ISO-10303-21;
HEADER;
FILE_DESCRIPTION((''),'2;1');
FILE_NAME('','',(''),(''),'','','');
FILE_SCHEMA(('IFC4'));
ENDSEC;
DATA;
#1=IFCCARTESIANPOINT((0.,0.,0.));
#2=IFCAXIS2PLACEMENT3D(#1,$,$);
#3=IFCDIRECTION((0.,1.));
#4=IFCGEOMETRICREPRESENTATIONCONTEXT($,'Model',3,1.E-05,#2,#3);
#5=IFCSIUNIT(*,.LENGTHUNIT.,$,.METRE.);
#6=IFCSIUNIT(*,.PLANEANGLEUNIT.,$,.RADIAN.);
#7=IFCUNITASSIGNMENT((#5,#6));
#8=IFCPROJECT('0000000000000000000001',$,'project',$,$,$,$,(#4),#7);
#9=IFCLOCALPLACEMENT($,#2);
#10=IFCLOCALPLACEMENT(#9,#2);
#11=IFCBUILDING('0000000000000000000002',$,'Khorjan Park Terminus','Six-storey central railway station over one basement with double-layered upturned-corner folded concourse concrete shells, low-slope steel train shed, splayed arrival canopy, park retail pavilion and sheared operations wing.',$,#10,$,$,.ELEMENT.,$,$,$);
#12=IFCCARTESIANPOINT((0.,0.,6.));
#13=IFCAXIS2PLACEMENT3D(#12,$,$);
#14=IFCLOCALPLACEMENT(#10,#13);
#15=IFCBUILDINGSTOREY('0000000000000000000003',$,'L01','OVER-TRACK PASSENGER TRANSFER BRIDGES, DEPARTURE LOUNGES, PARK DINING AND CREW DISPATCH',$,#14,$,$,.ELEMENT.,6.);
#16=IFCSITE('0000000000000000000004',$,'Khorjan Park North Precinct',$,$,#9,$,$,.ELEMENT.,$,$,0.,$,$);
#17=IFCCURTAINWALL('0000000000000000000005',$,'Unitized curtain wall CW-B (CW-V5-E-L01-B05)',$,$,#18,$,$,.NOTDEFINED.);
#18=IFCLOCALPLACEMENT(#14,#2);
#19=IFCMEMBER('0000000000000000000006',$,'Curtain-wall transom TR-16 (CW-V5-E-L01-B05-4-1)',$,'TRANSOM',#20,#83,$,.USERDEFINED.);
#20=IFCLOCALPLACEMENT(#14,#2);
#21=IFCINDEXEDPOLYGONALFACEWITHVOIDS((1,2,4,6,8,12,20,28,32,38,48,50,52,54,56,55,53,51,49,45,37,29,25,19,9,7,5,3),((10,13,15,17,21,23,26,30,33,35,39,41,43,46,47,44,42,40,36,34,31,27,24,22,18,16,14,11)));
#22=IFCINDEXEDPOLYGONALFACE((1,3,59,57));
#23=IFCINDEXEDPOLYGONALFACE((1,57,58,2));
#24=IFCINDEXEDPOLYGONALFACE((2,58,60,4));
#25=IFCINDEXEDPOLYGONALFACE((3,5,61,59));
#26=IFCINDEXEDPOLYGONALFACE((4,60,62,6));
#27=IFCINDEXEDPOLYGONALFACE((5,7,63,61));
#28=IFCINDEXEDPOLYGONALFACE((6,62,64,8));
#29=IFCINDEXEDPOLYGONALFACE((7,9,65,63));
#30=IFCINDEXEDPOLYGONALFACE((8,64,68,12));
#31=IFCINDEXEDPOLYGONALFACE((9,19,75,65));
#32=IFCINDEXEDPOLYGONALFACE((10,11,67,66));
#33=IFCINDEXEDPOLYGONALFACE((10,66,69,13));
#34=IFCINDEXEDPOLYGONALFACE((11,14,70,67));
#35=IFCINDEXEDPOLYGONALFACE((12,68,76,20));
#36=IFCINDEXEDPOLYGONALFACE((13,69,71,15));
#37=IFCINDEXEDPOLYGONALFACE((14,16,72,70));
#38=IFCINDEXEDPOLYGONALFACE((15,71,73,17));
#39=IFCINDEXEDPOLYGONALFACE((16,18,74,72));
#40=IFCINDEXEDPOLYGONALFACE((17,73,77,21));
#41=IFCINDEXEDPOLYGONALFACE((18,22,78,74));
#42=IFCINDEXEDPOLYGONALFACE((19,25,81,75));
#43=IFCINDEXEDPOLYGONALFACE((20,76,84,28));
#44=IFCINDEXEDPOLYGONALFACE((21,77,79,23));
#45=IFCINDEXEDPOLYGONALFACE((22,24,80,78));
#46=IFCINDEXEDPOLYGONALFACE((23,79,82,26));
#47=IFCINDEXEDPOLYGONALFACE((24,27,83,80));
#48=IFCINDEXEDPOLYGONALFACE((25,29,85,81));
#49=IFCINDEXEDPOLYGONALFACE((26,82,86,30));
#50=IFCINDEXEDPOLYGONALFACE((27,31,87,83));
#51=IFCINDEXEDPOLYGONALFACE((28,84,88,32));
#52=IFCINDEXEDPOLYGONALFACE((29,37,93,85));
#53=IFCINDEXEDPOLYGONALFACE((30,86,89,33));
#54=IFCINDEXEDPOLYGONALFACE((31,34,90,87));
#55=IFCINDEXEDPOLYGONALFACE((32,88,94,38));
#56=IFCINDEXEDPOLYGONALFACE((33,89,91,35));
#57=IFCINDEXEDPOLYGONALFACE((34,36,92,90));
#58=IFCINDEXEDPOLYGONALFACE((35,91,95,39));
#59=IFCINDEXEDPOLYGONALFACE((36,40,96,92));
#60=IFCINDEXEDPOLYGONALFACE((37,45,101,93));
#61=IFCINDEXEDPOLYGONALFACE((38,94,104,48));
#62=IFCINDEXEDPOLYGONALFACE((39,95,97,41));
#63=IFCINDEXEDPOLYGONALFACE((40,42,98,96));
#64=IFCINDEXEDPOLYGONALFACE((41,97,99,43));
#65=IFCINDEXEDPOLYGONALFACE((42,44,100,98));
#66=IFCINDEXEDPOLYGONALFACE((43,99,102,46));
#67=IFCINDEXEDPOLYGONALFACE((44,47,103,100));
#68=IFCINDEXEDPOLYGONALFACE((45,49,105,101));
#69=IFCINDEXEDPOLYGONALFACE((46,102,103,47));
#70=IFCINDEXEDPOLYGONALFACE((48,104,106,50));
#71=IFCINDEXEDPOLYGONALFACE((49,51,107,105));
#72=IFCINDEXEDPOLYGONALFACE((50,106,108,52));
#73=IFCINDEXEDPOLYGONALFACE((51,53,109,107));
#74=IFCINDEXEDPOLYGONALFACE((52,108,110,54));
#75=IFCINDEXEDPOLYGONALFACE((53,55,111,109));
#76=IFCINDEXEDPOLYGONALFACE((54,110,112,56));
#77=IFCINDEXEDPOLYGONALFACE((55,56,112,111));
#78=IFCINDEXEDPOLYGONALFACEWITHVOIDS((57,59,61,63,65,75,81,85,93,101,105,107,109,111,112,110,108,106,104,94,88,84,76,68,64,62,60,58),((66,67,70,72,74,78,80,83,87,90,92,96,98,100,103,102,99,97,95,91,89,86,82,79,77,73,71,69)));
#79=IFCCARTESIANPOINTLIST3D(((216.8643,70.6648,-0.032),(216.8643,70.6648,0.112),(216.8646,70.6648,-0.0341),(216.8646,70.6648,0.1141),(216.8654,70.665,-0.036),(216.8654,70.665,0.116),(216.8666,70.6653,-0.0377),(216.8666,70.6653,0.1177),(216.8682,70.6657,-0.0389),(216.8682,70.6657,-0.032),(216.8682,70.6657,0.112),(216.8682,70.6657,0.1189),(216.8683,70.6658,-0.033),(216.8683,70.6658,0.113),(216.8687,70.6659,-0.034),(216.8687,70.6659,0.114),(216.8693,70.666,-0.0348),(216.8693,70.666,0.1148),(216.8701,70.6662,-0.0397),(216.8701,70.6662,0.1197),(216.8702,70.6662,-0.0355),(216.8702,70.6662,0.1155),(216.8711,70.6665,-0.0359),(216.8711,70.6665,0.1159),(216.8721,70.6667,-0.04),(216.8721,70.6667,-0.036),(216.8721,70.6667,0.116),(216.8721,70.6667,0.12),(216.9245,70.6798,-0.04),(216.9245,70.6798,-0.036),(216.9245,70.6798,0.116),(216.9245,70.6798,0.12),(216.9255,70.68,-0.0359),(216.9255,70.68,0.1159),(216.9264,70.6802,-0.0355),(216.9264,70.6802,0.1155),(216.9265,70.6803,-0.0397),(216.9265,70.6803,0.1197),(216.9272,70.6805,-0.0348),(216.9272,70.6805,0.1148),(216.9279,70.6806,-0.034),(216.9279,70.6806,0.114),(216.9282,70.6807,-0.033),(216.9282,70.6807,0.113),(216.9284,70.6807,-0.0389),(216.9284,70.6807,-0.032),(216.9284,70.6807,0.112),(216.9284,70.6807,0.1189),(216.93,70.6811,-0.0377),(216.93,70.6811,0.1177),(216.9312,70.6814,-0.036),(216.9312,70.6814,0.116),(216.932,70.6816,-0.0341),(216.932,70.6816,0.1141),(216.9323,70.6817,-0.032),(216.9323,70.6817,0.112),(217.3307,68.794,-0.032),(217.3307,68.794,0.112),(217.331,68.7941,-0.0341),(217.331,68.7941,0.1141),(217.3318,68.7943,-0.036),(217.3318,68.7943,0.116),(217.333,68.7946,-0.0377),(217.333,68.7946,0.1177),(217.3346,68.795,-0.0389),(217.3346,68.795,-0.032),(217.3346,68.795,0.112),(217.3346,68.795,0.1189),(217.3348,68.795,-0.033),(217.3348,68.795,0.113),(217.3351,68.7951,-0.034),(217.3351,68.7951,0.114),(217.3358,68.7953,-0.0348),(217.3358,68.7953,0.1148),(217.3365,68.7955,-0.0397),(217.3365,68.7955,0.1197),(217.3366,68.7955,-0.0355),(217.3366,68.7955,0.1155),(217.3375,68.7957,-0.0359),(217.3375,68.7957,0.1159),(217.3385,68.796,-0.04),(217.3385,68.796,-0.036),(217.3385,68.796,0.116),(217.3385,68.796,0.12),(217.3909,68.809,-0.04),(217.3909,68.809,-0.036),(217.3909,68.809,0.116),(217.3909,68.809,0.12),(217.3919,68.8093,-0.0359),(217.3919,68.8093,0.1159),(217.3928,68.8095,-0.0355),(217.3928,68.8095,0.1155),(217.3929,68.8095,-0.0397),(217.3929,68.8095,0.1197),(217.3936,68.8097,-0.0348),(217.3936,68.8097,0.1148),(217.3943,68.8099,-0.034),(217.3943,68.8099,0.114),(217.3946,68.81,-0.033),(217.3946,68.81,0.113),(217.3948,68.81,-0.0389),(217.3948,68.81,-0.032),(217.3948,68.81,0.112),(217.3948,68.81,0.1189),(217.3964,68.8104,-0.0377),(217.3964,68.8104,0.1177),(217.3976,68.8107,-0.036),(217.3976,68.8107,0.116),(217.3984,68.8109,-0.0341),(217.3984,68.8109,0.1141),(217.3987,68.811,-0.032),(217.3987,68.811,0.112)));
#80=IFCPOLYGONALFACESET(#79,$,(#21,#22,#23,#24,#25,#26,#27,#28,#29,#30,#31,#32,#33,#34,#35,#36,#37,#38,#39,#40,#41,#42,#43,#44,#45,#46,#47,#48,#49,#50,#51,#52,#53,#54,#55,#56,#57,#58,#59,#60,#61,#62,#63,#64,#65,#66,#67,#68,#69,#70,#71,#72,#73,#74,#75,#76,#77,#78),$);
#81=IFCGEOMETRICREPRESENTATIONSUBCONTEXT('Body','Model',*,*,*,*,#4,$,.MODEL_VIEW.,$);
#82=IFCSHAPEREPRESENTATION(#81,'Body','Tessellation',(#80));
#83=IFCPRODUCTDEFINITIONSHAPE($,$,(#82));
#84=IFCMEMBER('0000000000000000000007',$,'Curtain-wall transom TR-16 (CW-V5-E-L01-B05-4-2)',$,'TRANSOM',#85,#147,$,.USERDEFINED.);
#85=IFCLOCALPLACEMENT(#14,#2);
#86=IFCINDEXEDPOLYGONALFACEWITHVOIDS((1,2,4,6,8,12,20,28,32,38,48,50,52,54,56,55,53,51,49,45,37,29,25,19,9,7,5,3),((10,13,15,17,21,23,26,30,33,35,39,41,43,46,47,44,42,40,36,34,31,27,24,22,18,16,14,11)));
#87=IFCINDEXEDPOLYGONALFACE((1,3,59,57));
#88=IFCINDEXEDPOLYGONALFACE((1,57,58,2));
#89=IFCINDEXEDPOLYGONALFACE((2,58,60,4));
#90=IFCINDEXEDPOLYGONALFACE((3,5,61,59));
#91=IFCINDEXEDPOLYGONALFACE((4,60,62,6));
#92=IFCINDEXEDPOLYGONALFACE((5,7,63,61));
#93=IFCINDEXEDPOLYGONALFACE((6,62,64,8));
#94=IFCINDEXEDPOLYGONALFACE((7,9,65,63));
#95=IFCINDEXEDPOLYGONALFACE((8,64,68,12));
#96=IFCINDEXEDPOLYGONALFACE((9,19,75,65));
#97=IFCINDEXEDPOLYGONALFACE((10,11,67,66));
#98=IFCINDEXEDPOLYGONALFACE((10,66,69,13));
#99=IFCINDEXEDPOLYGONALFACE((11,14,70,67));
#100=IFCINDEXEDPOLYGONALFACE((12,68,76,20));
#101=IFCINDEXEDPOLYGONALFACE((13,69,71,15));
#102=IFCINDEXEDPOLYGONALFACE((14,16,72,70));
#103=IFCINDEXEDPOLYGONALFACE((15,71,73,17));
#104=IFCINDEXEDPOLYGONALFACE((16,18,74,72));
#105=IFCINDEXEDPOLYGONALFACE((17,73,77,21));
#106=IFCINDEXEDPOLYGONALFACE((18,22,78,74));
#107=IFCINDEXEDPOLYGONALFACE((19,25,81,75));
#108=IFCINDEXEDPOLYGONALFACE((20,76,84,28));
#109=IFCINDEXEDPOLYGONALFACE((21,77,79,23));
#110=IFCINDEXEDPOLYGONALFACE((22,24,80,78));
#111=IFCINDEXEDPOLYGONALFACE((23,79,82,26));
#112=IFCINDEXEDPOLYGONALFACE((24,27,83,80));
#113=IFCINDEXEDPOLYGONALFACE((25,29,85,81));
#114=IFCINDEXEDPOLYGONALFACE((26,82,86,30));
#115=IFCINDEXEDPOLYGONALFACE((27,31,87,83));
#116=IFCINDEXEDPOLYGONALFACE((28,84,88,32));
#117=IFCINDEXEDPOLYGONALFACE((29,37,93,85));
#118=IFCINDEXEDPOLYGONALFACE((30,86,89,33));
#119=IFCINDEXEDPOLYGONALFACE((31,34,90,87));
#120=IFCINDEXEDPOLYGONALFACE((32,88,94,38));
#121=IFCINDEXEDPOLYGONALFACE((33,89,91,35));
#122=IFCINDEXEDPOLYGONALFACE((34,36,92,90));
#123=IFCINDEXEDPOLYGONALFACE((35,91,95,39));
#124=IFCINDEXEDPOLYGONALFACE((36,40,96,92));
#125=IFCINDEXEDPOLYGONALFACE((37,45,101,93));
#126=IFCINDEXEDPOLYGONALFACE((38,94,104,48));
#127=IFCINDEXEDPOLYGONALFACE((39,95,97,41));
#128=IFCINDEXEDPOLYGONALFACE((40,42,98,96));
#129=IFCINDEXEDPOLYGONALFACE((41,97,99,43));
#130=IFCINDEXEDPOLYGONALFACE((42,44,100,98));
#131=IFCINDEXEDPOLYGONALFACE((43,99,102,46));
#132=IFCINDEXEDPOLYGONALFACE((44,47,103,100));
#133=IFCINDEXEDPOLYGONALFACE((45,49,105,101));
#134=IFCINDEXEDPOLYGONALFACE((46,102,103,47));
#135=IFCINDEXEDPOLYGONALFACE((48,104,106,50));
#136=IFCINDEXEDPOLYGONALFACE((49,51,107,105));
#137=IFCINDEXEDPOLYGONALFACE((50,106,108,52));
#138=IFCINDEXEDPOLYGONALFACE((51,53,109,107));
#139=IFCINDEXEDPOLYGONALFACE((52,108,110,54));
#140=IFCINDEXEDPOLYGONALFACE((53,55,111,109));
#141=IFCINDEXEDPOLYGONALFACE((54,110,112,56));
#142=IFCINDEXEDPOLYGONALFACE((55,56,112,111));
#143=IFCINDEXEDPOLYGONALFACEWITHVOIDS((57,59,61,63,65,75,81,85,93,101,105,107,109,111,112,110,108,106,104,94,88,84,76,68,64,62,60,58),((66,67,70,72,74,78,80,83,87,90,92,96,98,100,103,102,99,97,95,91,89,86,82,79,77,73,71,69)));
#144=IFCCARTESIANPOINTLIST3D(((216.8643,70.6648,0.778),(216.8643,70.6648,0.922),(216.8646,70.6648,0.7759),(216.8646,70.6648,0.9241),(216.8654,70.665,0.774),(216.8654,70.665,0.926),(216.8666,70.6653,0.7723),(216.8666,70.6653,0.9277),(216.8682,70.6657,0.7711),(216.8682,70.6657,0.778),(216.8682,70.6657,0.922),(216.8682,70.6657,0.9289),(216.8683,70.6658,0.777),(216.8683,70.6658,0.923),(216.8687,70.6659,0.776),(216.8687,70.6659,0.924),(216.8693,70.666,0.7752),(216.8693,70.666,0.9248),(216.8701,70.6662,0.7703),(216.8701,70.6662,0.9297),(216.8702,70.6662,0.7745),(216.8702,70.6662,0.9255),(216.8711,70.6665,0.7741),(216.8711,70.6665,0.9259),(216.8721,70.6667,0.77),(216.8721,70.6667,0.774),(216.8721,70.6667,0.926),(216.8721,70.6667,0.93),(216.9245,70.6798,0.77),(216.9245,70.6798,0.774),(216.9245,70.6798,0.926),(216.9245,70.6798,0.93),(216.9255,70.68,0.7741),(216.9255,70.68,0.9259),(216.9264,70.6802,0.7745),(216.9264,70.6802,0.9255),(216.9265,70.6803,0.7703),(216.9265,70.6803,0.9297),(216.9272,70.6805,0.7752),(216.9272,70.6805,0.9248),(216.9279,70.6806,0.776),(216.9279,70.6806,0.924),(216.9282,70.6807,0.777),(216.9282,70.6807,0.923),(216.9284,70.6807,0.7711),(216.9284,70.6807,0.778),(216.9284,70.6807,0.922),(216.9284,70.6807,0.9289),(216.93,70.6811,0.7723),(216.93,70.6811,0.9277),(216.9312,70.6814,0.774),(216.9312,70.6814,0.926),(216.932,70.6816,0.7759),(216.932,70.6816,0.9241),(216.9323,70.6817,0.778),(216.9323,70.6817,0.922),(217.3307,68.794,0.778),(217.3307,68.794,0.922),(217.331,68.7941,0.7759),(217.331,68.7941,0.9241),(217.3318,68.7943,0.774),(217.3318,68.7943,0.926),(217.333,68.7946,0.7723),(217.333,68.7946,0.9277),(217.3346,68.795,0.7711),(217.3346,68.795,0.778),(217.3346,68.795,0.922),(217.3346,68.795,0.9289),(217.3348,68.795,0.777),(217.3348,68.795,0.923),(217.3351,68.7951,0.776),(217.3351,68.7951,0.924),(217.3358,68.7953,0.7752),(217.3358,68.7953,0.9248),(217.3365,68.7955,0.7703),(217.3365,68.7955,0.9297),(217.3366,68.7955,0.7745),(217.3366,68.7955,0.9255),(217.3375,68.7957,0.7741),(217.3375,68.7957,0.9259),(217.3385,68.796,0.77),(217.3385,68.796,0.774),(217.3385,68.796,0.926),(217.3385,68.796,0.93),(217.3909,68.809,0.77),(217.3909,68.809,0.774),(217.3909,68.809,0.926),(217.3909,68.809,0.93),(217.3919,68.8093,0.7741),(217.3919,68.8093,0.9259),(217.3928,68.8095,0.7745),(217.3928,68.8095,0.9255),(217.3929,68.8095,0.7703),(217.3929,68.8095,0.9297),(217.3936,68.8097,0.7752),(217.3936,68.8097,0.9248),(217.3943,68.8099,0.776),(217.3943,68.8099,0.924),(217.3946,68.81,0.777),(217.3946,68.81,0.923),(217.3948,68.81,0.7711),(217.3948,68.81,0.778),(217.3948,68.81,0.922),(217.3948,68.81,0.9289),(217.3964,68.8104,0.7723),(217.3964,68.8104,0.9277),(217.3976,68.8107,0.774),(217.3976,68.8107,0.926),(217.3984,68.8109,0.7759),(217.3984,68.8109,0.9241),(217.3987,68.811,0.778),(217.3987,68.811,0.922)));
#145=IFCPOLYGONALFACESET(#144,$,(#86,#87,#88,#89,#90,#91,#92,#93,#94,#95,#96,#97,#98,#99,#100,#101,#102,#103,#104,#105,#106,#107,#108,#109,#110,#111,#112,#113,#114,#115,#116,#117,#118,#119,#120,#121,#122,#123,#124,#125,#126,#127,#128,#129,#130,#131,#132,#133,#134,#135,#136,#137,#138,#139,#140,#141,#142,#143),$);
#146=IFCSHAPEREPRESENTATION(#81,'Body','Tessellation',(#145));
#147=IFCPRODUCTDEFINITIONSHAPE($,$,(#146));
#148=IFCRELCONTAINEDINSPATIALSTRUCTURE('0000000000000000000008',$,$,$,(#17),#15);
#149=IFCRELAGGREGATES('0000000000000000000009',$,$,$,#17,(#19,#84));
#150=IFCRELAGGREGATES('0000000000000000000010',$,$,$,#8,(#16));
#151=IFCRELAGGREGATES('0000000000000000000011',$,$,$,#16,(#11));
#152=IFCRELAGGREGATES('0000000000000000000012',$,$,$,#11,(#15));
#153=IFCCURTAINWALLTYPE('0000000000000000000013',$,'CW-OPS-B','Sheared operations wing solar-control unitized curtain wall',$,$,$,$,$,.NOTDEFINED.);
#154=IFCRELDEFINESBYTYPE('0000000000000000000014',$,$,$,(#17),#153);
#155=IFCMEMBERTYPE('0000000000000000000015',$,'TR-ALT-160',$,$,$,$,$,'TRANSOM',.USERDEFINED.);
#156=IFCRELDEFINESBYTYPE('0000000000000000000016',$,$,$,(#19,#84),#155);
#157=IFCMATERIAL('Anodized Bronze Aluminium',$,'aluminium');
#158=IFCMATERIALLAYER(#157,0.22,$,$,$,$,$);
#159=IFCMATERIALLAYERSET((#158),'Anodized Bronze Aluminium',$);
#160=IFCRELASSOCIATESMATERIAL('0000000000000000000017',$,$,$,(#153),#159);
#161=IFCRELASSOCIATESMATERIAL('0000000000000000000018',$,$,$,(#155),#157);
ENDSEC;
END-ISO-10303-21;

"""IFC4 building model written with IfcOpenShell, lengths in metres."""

from ifc_helpers import new_model, si_unit, direction, frame, origin, origin_2d, place, context, subcontext, project, spatial, hollow_rectangle, extrude, material, layer, layer_set, material_profile, profile_set, type_object, element, aggregate, save


model = new_model("IFC4")

# Units and contexts
model_context = context("Model", 3, precision=1e-05, world=origin(), true_north=direction((0.0, 1.0)))
body_context = subcontext(model_context, "Body", "Model", "MODEL_VIEW")
ifc_project = project(units=[si_unit("LENGTHUNIT", "METRE"), si_unit("PLANEANGLEUNIT", "RADIAN")], contexts=[model_context])

# Site, building, storey
site_placement = place(None, origin())
site = spatial("IfcSite", under=ifc_project, at=site_placement, Name="Khorjan Park North Precinct", CompositionType="ELEMENT", RefElevation=0.0)
building_placement = place(site_placement, origin())
building = spatial("IfcBuilding", under=site, at=building_placement, Name="Khorjan Park Terminus", Description="Six-storey central railway station over one basement with double-layered upturned-corner folded concourse concrete shells, low-slope steel train shed, splayed arrival canopy, park retail pavilion and sheared operations wing.", CompositionType="ELEMENT")
storey_placement = place(building_placement, frame((0.0, 0.0, 6.0)))
storey = spatial("IfcBuildingStorey", under=building, at=storey_placement, Name="L01", Description="OVER-TRACK PASSENGER TRANSFER BRIDGES, DEPARTURE LOUNGES, PARK DINING AND CREW DISPATCH", CompositionType="ELEMENT", Elevation=6.0)

# Curtain wall
ifc_material_1 = material(Name="Anodized Bronze Aluminium", Category="aluminium")
ifc_layer_1 = layer(ifc_material_1, 0.22)
ifc_layer_set_1 = layer_set([ifc_layer_1], Name="Anodized Bronze Aluminium")
curtain_wall_type = type_object("IfcCurtainWallType", Name="CW-OPS-B", Description="Sheared operations wing solar-control unitized curtain wall", PredefinedType="NOTDEFINED", material=ifc_layer_set_1)
curtain_wall_1_placement = place(storey_placement, origin())
curtain_wall_1 = element("IfcCurtainWall", 1, at=curtain_wall_1_placement, inside=storey, type_object=curtain_wall_type, Name="Unitized curtain wall CW-B (CW-V5-E-L01-B05)", PredefinedType="NOTDEFINED")

# Members
ifc_material_profile_1 = material_profile(ifc_material_1, hollow_rectangle(XDim=0.07, YDim=0.16, WallThickness=0.004, InnerFilletRadius=0.004, OuterFilletRadius=0.008, at=origin_2d()), Name="ALT 70x160x4")
ifc_profile_set_1 = profile_set([ifc_material_profile_1], Name="Anodized Bronze Aluminium")
member_type_1 = type_object("IfcMemberType", Name="TR-ALT-160", ElementType="TRANSOM", PredefinedType="USERDEFINED", material=ifc_profile_set_1)
member_1_placement = place(storey_placement, frame((217.3647, 68.8025, 0.04), z_axis=(-0.241913, 0.970298, 0.0), x_axis=(-0.970298, -0.241913, 0.0)))
member_1 = element("IfcMember", 2, at=member_1_placement, type_object=member_type_1, Name="Curtain-wall transom TR-16 (CW-V5-E-L01-B05-4-1)", ObjectType="TRANSOM", PredefinedType="USERDEFINED", context=body_context, shape_type="SweptSolid", body=[
    extrude(hollow_rectangle(XDim=0.07, YDim=0.16, WallThickness=0.004, InnerFilletRadius=0.004, OuterFilletRadius=0.008, at=origin_2d()), origin(), (0.0, 0.0, 1.0), 1.928),
])
member_2_placement = place(storey_placement, frame((217.3647, 68.8025, 0.85), z_axis=(-0.241913, 0.970298, 0.0), x_axis=(-0.970298, -0.241913, 0.0)))
member_2 = element("IfcMember", 3, at=member_2_placement, type_object=member_type_1, Name="Curtain-wall transom TR-16 (CW-V5-E-L01-B05-4-2)", ObjectType="TRANSOM", PredefinedType="USERDEFINED", context=body_context, shape_type="SweptSolid", body=[
    extrude(hollow_rectangle(XDim=0.07, YDim=0.16, WallThickness=0.004, InnerFilletRadius=0.004, OuterFilletRadius=0.008, at=origin_2d()), origin(), (0.0, 0.0, 1.0), 1.928),
])

aggregate(curtain_wall_1, [member_1, member_2])

save(model, "model.ifc")
